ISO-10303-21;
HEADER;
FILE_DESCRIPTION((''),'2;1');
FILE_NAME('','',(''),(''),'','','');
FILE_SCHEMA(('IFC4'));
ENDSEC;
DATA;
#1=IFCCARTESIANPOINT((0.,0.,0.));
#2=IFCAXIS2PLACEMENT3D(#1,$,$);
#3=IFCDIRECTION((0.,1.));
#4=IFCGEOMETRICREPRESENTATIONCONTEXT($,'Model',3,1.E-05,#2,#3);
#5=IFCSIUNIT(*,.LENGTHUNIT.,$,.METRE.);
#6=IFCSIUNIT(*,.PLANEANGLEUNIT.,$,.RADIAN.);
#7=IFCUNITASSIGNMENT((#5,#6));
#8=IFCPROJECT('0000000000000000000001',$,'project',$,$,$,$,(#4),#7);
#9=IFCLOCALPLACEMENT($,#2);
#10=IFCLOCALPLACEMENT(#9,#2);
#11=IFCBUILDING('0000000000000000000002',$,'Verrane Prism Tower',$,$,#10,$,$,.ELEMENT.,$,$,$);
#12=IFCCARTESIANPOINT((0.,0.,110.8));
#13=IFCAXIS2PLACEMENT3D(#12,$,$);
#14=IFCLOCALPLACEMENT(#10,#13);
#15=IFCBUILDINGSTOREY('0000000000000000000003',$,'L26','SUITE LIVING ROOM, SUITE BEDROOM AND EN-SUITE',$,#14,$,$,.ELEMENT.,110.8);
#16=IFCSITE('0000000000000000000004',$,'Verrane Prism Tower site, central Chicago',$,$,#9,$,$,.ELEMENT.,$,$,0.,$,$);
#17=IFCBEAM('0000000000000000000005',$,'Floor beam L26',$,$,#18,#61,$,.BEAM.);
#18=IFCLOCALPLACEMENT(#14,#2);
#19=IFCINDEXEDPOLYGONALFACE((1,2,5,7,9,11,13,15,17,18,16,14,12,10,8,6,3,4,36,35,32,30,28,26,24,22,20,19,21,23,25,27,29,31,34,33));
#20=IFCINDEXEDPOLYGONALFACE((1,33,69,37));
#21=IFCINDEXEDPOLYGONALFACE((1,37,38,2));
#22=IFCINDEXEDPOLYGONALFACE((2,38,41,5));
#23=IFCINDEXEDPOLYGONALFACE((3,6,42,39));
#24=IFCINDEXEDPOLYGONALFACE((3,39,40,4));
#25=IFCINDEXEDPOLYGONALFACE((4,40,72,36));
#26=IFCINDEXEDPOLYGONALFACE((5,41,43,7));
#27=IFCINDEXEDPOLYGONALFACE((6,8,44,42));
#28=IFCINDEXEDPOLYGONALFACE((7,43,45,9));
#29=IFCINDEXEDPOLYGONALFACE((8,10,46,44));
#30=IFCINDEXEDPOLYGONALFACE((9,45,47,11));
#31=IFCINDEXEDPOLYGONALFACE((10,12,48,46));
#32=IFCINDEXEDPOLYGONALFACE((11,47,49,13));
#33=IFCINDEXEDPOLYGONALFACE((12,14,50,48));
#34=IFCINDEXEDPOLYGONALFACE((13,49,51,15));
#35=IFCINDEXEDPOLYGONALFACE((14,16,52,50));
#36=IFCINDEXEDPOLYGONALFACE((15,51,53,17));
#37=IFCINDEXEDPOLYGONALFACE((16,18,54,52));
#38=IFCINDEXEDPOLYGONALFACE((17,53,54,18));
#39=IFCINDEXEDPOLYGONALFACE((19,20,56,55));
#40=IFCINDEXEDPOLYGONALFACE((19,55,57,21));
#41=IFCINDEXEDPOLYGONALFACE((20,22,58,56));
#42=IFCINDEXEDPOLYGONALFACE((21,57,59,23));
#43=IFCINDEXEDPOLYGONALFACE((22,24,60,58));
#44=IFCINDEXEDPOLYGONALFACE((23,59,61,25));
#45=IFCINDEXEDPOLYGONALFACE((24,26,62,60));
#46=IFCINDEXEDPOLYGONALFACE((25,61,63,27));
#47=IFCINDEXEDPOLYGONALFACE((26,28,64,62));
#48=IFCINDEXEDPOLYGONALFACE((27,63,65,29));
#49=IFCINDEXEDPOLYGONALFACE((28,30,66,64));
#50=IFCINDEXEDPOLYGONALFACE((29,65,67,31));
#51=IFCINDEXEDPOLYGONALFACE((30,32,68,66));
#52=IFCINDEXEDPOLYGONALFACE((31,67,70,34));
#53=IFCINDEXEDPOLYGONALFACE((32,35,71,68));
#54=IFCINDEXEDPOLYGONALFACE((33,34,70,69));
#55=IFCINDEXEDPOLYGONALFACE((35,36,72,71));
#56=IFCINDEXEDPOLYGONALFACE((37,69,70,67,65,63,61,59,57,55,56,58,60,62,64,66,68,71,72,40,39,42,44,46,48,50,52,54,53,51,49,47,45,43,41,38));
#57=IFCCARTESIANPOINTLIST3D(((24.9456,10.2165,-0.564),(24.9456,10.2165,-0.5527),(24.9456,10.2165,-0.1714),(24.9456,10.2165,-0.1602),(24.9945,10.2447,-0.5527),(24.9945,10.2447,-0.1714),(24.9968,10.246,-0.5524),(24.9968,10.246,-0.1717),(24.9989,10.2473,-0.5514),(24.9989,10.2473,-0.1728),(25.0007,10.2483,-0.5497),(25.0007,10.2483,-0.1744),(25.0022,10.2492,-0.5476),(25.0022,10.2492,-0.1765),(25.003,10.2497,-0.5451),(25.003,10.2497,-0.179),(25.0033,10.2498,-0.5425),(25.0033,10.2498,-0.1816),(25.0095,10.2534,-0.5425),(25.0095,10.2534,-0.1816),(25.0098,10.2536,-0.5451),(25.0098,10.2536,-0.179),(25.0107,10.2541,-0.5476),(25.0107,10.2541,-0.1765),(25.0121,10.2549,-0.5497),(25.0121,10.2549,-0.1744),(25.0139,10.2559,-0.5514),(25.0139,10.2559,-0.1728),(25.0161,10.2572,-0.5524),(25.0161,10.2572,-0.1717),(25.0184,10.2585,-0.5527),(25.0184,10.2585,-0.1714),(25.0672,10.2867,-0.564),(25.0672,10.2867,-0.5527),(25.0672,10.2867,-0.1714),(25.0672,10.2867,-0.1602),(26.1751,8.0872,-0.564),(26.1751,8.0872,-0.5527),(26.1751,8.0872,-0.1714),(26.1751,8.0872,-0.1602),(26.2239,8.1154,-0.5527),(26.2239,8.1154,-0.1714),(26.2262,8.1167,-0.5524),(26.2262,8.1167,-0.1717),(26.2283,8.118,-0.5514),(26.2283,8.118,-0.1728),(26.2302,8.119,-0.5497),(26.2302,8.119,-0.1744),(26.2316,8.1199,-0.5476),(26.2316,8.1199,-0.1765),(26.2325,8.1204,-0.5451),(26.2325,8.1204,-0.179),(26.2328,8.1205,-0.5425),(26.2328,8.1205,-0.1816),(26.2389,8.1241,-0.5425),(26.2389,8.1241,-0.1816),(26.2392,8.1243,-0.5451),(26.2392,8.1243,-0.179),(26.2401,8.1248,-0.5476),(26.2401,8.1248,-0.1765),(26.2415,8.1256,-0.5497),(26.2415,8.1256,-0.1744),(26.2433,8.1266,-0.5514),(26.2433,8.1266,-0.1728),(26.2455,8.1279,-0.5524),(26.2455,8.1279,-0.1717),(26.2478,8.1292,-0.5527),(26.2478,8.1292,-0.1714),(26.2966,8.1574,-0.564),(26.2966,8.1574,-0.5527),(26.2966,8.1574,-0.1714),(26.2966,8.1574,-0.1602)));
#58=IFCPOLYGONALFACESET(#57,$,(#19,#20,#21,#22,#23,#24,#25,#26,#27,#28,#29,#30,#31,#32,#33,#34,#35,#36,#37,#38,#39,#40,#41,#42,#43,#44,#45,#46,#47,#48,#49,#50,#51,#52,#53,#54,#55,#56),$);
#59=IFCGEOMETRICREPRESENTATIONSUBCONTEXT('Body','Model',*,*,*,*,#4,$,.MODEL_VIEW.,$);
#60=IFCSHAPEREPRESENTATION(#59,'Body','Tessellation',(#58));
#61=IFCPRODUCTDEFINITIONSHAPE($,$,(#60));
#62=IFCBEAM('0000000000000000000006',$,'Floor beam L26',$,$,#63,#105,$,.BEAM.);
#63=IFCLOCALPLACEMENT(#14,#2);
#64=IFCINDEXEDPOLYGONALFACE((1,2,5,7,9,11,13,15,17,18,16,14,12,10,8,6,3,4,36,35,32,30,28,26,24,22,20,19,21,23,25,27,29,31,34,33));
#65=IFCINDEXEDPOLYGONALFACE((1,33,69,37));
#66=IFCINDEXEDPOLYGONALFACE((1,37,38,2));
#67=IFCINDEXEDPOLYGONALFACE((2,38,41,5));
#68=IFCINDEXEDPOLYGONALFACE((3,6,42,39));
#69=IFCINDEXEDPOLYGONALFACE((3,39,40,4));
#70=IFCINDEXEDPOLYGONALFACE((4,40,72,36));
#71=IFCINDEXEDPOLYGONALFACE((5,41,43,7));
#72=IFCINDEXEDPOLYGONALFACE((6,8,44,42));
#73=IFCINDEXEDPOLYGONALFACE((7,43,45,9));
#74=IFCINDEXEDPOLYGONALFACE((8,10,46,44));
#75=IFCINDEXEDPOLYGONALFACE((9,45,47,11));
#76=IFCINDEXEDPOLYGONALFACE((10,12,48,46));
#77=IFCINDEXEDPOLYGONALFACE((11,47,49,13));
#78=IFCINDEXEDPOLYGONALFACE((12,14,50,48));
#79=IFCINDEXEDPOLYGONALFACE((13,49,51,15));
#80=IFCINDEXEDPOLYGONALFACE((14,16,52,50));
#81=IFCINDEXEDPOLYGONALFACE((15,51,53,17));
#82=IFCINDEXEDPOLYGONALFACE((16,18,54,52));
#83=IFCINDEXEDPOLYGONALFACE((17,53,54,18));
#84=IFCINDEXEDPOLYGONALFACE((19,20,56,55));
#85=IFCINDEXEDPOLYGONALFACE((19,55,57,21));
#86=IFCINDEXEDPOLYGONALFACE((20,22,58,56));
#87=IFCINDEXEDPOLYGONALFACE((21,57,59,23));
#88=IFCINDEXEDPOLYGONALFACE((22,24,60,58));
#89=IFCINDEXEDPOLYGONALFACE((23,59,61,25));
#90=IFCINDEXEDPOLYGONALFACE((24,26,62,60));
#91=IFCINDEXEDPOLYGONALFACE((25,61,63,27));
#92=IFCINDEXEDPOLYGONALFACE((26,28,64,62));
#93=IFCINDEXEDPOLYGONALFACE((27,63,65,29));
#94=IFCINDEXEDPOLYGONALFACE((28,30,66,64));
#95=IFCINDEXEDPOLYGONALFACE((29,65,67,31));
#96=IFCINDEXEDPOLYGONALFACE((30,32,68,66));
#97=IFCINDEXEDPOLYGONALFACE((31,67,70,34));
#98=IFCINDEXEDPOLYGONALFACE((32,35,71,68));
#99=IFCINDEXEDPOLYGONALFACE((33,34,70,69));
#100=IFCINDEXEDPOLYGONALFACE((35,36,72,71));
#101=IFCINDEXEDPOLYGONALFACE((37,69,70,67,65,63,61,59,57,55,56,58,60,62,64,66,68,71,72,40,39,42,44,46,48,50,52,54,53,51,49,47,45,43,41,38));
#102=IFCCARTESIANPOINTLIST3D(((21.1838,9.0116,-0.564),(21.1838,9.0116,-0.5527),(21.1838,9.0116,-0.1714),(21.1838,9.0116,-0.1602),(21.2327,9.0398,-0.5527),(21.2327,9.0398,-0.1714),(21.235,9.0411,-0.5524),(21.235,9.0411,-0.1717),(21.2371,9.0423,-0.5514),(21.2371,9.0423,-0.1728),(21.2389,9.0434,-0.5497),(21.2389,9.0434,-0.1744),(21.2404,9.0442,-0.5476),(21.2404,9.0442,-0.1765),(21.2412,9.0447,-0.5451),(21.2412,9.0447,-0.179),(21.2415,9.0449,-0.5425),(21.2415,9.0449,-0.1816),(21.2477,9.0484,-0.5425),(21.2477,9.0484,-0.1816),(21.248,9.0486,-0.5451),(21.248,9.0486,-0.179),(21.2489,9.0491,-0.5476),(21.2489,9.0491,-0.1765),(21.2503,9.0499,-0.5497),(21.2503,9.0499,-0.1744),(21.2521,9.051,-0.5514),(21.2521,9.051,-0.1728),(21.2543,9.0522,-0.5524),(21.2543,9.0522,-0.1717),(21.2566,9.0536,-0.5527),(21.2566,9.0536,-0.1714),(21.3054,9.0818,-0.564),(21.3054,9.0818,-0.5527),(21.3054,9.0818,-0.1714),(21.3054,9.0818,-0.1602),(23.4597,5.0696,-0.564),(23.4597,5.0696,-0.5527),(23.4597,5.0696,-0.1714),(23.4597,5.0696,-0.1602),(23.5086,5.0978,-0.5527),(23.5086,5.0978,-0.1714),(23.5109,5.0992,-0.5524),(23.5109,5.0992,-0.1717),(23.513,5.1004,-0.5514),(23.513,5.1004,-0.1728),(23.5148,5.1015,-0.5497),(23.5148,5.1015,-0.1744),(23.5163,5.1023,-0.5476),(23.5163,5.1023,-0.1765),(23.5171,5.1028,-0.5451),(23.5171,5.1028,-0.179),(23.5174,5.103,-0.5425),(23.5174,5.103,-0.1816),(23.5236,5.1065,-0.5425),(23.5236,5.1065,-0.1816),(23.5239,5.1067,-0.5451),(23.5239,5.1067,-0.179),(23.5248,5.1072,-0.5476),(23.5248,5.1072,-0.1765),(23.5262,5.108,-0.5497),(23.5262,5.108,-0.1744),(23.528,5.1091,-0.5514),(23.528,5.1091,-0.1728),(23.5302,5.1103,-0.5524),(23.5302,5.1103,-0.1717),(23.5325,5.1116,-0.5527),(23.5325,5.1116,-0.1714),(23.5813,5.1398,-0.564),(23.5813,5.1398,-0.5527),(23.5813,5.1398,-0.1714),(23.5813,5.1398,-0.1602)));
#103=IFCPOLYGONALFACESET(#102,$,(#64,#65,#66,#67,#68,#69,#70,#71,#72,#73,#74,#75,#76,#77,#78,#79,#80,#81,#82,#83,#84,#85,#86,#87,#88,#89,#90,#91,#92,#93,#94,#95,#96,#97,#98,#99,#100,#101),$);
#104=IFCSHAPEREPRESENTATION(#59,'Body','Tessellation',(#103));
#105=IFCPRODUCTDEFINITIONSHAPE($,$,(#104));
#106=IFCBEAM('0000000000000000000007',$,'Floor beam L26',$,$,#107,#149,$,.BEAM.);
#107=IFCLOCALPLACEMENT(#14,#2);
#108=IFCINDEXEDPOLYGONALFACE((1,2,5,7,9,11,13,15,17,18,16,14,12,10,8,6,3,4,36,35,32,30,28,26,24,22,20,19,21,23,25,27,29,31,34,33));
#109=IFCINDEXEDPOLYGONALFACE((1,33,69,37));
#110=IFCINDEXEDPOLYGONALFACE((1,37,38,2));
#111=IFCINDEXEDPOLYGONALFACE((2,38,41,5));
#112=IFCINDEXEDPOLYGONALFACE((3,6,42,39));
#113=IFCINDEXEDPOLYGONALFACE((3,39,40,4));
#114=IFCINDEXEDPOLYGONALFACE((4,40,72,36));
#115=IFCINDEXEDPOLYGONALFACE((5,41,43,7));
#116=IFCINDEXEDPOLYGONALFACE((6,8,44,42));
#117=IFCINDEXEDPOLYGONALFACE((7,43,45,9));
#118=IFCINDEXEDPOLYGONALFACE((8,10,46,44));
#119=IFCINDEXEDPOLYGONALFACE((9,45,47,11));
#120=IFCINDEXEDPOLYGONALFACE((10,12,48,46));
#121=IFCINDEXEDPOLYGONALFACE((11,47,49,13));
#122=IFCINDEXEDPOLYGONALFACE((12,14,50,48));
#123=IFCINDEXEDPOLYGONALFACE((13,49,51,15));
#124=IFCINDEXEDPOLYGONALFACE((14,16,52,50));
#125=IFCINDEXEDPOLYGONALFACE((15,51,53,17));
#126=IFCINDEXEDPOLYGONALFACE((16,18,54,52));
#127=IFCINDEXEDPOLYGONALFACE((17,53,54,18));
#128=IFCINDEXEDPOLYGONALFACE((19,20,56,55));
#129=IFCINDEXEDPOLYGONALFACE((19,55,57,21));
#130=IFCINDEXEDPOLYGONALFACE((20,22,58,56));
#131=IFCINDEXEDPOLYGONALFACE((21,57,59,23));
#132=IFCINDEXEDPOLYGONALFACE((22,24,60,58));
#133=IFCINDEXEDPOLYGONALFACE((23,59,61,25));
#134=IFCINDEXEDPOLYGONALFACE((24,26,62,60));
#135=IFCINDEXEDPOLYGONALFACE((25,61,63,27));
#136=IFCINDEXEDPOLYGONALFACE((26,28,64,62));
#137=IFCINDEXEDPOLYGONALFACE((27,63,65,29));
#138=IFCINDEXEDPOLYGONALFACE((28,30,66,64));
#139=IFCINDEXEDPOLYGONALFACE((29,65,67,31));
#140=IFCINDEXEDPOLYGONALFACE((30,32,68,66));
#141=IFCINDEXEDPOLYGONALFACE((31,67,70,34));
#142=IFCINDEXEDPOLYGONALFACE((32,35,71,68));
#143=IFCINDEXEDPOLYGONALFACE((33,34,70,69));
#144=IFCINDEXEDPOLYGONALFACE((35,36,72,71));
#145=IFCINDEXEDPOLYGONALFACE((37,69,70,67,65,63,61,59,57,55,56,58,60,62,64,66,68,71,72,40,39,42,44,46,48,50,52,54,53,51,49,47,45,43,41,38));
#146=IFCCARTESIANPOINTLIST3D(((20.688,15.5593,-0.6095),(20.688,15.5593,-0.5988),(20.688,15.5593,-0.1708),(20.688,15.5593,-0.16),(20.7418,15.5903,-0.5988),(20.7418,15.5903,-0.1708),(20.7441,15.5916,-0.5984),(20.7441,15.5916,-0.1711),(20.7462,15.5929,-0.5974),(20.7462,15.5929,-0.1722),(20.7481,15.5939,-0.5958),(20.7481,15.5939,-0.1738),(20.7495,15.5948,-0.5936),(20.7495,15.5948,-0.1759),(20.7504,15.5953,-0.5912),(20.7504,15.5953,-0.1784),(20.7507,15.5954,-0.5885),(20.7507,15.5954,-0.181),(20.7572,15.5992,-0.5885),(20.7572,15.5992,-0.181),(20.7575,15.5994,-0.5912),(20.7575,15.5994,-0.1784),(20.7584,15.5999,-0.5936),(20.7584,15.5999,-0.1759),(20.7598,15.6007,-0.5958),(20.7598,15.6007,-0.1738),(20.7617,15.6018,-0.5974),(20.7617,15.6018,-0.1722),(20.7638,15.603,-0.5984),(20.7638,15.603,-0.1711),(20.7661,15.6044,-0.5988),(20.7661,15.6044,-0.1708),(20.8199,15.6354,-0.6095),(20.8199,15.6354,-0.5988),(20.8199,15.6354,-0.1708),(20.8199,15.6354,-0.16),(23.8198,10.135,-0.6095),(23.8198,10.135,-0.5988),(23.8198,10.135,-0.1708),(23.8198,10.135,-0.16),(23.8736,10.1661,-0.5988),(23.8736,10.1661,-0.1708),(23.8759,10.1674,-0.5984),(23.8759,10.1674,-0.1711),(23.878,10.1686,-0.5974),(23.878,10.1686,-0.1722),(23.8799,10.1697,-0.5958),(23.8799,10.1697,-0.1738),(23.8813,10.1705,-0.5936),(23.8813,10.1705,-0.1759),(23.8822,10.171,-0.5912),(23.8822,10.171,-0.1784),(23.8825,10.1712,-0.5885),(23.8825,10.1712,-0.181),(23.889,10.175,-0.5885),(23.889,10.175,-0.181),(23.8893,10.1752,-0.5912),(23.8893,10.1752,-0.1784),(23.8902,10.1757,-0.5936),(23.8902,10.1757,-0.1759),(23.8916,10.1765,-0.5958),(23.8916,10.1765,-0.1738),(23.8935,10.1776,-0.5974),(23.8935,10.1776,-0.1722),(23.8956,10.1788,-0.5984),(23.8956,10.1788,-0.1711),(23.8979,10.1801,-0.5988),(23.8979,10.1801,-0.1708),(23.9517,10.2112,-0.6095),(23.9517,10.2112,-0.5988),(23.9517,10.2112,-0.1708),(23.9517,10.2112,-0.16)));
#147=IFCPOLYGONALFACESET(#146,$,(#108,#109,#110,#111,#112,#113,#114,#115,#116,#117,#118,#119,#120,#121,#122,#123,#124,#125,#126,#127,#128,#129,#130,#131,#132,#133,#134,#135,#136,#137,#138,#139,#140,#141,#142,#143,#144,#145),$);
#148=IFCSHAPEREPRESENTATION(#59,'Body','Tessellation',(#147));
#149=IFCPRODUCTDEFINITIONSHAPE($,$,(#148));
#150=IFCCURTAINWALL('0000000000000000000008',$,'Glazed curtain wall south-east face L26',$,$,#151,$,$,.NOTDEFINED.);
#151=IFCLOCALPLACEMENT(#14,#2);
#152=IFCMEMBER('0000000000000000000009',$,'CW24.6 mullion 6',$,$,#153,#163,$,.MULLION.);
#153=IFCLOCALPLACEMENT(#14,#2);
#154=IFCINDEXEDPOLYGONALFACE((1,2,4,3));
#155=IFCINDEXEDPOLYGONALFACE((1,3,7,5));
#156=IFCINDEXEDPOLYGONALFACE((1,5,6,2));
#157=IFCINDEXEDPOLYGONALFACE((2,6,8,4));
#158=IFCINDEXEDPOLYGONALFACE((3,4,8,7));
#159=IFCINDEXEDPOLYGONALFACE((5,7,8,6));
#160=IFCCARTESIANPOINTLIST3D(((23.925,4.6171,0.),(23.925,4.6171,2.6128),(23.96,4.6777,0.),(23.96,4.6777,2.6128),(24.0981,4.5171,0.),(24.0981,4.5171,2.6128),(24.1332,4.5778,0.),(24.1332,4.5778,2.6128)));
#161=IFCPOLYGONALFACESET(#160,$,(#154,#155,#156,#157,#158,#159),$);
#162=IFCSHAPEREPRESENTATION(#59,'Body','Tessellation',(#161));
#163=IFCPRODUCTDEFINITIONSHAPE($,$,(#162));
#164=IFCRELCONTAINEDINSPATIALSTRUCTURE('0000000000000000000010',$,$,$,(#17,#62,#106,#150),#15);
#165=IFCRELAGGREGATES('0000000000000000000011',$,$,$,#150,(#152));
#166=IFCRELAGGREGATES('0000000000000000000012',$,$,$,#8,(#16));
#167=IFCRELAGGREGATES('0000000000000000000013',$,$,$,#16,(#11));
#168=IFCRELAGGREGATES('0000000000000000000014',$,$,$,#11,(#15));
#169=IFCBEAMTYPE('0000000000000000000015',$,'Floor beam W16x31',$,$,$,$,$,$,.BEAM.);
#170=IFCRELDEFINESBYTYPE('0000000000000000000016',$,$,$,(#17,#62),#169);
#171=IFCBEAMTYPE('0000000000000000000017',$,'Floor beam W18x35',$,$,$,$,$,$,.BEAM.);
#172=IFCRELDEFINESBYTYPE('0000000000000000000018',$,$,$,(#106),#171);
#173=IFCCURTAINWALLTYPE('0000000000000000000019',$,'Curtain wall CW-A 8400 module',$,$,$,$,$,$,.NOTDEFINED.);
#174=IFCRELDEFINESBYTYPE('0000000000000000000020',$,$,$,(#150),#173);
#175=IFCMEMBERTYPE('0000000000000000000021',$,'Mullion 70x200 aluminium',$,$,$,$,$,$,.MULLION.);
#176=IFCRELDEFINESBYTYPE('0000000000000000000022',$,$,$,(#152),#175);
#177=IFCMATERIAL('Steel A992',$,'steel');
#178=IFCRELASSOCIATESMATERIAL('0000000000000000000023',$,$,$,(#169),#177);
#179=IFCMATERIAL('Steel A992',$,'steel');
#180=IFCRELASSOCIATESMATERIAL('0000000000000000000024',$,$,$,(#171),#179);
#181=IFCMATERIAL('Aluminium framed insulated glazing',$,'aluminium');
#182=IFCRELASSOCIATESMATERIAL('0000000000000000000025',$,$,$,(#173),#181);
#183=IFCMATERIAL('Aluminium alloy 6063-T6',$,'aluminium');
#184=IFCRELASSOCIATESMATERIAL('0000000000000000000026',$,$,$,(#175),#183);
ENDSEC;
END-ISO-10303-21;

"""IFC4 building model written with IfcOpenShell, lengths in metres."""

from ifc_helpers import new_model, si_unit, direction, frame, origin, origin_2d, place, context, subcontext, project, spatial, rectangle, i_section, extrude, material, material_profile, profile_set, type_object, element, aggregate, save


model = new_model("IFC4")

# Units and contexts
model_context = context("Model", 3, precision=1e-05, world=origin(), true_north=direction((0.0, 1.0)))
body_context = subcontext(model_context, "Body", "Model", "MODEL_VIEW")
ifc_project = project(units=[si_unit("LENGTHUNIT", "METRE"), si_unit("PLANEANGLEUNIT", "RADIAN")], contexts=[model_context])

# Site, building, storey
site_placement = place(None, origin())
site = spatial("IfcSite", under=ifc_project, at=site_placement, Name="Verrane Prism Tower site, central Chicago", CompositionType="ELEMENT", RefElevation=0.0)
building_placement = place(site_placement, origin())
building = spatial("IfcBuilding", under=site, at=building_placement, Name="Verrane Prism Tower", CompositionType="ELEMENT")
storey_placement = place(building_placement, frame((0.0, 0.0, 110.8)))
storey = spatial("IfcBuildingStorey", under=building, at=storey_placement, Name="L26", Description="SUITE LIVING ROOM, SUITE BEDROOM AND EN-SUITE", CompositionType="ELEMENT", Elevation=110.8)

# Beams
ifc_material_1 = material(Name="Steel A992", Category="steel")
ifc_material_profile_1 = material_profile(ifc_material_1, i_section(OverallWidth=0.1404, OverallDepth=0.4038, WebThickness=0.0071, FlangeThickness=0.0112, FilletRadius=0.0103, at=origin_2d()), Name="W16x31")
ifc_profile_set_1 = profile_set([ifc_material_profile_1], Name="Steel A992")
beam_type_1 = type_object("IfcBeamType", Name="Floor beam W16x31", PredefinedType="BEAM", material=ifc_profile_set_1)
beam_1_placement = place(storey_placement, frame((26.2358, 8.1223, -0.3621), z_axis=(-0.500026, 0.86601, 0.0), x_axis=(-0.86601, -0.500026, 0.0)))
element("IfcBeam", 1, at=beam_1_placement, inside=storey, type_object=beam_type_1, Name="Floor beam L26", PredefinedType="BEAM", context=body_context, shape_type="SweptSolid", body=[
    extrude(i_section(OverallWidth=0.1404, OverallDepth=0.4038, WebThickness=0.0071, FlangeThickness=0.0112, FilletRadius=0.0103, at=origin_2d()), origin(), (0.0, 0.0, 1.0), 2.4587),
])
beam_2_placement = place(storey_placement, frame((23.5205, 5.1047, -0.3621), z_axis=(-0.500004, 0.866023, 0.0), x_axis=(-0.866023, -0.500004, 0.0)))
element("IfcBeam", 2, at=beam_2_placement, inside=storey, type_object=beam_type_1, Name="Floor beam L26", PredefinedType="BEAM", context=body_context, shape_type="SweptSolid", body=[
    extrude(i_section(OverallWidth=0.1404, OverallDepth=0.4038, WebThickness=0.0071, FlangeThickness=0.0112, FilletRadius=0.0103, at=origin_2d()), origin(), (0.0, 0.0, 1.0), 4.5518),
])
ifc_material_2 = material(Name="Steel A992", Category="steel")
ifc_material_profile_2 = material_profile(ifc_material_2, i_section(OverallWidth=0.1523, OverallDepth=0.4495, WebThickness=0.0076, FlangeThickness=0.0107, FilletRadius=0.0103, at=origin_2d()), Name="W18x35")
ifc_profile_set_2 = profile_set([ifc_material_profile_2], Name="Steel A992")
beam_type_2 = type_object("IfcBeamType", Name="Floor beam W18x35", PredefinedType="BEAM", material=ifc_profile_set_2)
beam_3_placement = place(storey_placement, frame((23.8857, 10.1731, -0.3848), z_axis=(-0.500013, 0.866018, 0.0), x_axis=(-0.866018, -0.500013, 0.0)))
element("IfcBeam", 3, at=beam_3_placement, inside=storey, type_object=beam_type_2, Name="Floor beam L26", PredefinedType="BEAM", context=body_context, shape_type="SweptSolid", body=[
    extrude(i_section(OverallWidth=0.1523, OverallDepth=0.4495, WebThickness=0.0076, FlangeThickness=0.0107, FilletRadius=0.0103, at=origin_2d()), origin(), (0.0, 0.0, 1.0), 6.2634),
])

# Curtain wall, member
ifc_material_3 = material(Name="Aluminium framed insulated glazing", Category="aluminium")
curtain_wall_type = type_object("IfcCurtainWallType", Name="Curtain wall CW-A 8400 module", PredefinedType="NOTDEFINED", material=ifc_material_3)
curtain_wall_placement = place(storey_placement, origin())
curtain_wall = element("IfcCurtainWall", 4, at=curtain_wall_placement, inside=storey, type_object=curtain_wall_type, Name="Glazed curtain wall south-east face L26", PredefinedType="NOTDEFINED")
ifc_material_4 = material(Name="Aluminium alloy 6063-T6", Category="aluminium")
ifc_material_profile_3 = material_profile(ifc_material_4, rectangle(XDim=0.2, YDim=0.0701, at=origin_2d()), Name="Mullion 70x200 aluminium")
ifc_profile_set_3 = profile_set([ifc_material_profile_3], Name="Aluminium alloy 6063-T6")
member_type_1 = type_object("IfcMemberType", Name="Mullion 70x200 aluminium", PredefinedType="MULLION", material=ifc_profile_set_3)
member_1_placement = place(storey_placement, frame((24.0291, 4.5974, 0.0), z_axis=(0.0, 0.0, 1.0), x_axis=(-0.866025, 0.5, 0.0)))
member_1 = element("IfcMember", 5, at=member_1_placement, type_object=member_type_1, Name="CW24.6 mullion 6", PredefinedType="MULLION", context=body_context, shape_type="SweptSolid", body=[
    extrude(rectangle(XDim=0.2, YDim=0.0701, at=origin_2d()), origin(), (0.0, 0.0, 1.0), 2.6128),
])

aggregate(curtain_wall, [member_1])

save(model, "model.ifc")
